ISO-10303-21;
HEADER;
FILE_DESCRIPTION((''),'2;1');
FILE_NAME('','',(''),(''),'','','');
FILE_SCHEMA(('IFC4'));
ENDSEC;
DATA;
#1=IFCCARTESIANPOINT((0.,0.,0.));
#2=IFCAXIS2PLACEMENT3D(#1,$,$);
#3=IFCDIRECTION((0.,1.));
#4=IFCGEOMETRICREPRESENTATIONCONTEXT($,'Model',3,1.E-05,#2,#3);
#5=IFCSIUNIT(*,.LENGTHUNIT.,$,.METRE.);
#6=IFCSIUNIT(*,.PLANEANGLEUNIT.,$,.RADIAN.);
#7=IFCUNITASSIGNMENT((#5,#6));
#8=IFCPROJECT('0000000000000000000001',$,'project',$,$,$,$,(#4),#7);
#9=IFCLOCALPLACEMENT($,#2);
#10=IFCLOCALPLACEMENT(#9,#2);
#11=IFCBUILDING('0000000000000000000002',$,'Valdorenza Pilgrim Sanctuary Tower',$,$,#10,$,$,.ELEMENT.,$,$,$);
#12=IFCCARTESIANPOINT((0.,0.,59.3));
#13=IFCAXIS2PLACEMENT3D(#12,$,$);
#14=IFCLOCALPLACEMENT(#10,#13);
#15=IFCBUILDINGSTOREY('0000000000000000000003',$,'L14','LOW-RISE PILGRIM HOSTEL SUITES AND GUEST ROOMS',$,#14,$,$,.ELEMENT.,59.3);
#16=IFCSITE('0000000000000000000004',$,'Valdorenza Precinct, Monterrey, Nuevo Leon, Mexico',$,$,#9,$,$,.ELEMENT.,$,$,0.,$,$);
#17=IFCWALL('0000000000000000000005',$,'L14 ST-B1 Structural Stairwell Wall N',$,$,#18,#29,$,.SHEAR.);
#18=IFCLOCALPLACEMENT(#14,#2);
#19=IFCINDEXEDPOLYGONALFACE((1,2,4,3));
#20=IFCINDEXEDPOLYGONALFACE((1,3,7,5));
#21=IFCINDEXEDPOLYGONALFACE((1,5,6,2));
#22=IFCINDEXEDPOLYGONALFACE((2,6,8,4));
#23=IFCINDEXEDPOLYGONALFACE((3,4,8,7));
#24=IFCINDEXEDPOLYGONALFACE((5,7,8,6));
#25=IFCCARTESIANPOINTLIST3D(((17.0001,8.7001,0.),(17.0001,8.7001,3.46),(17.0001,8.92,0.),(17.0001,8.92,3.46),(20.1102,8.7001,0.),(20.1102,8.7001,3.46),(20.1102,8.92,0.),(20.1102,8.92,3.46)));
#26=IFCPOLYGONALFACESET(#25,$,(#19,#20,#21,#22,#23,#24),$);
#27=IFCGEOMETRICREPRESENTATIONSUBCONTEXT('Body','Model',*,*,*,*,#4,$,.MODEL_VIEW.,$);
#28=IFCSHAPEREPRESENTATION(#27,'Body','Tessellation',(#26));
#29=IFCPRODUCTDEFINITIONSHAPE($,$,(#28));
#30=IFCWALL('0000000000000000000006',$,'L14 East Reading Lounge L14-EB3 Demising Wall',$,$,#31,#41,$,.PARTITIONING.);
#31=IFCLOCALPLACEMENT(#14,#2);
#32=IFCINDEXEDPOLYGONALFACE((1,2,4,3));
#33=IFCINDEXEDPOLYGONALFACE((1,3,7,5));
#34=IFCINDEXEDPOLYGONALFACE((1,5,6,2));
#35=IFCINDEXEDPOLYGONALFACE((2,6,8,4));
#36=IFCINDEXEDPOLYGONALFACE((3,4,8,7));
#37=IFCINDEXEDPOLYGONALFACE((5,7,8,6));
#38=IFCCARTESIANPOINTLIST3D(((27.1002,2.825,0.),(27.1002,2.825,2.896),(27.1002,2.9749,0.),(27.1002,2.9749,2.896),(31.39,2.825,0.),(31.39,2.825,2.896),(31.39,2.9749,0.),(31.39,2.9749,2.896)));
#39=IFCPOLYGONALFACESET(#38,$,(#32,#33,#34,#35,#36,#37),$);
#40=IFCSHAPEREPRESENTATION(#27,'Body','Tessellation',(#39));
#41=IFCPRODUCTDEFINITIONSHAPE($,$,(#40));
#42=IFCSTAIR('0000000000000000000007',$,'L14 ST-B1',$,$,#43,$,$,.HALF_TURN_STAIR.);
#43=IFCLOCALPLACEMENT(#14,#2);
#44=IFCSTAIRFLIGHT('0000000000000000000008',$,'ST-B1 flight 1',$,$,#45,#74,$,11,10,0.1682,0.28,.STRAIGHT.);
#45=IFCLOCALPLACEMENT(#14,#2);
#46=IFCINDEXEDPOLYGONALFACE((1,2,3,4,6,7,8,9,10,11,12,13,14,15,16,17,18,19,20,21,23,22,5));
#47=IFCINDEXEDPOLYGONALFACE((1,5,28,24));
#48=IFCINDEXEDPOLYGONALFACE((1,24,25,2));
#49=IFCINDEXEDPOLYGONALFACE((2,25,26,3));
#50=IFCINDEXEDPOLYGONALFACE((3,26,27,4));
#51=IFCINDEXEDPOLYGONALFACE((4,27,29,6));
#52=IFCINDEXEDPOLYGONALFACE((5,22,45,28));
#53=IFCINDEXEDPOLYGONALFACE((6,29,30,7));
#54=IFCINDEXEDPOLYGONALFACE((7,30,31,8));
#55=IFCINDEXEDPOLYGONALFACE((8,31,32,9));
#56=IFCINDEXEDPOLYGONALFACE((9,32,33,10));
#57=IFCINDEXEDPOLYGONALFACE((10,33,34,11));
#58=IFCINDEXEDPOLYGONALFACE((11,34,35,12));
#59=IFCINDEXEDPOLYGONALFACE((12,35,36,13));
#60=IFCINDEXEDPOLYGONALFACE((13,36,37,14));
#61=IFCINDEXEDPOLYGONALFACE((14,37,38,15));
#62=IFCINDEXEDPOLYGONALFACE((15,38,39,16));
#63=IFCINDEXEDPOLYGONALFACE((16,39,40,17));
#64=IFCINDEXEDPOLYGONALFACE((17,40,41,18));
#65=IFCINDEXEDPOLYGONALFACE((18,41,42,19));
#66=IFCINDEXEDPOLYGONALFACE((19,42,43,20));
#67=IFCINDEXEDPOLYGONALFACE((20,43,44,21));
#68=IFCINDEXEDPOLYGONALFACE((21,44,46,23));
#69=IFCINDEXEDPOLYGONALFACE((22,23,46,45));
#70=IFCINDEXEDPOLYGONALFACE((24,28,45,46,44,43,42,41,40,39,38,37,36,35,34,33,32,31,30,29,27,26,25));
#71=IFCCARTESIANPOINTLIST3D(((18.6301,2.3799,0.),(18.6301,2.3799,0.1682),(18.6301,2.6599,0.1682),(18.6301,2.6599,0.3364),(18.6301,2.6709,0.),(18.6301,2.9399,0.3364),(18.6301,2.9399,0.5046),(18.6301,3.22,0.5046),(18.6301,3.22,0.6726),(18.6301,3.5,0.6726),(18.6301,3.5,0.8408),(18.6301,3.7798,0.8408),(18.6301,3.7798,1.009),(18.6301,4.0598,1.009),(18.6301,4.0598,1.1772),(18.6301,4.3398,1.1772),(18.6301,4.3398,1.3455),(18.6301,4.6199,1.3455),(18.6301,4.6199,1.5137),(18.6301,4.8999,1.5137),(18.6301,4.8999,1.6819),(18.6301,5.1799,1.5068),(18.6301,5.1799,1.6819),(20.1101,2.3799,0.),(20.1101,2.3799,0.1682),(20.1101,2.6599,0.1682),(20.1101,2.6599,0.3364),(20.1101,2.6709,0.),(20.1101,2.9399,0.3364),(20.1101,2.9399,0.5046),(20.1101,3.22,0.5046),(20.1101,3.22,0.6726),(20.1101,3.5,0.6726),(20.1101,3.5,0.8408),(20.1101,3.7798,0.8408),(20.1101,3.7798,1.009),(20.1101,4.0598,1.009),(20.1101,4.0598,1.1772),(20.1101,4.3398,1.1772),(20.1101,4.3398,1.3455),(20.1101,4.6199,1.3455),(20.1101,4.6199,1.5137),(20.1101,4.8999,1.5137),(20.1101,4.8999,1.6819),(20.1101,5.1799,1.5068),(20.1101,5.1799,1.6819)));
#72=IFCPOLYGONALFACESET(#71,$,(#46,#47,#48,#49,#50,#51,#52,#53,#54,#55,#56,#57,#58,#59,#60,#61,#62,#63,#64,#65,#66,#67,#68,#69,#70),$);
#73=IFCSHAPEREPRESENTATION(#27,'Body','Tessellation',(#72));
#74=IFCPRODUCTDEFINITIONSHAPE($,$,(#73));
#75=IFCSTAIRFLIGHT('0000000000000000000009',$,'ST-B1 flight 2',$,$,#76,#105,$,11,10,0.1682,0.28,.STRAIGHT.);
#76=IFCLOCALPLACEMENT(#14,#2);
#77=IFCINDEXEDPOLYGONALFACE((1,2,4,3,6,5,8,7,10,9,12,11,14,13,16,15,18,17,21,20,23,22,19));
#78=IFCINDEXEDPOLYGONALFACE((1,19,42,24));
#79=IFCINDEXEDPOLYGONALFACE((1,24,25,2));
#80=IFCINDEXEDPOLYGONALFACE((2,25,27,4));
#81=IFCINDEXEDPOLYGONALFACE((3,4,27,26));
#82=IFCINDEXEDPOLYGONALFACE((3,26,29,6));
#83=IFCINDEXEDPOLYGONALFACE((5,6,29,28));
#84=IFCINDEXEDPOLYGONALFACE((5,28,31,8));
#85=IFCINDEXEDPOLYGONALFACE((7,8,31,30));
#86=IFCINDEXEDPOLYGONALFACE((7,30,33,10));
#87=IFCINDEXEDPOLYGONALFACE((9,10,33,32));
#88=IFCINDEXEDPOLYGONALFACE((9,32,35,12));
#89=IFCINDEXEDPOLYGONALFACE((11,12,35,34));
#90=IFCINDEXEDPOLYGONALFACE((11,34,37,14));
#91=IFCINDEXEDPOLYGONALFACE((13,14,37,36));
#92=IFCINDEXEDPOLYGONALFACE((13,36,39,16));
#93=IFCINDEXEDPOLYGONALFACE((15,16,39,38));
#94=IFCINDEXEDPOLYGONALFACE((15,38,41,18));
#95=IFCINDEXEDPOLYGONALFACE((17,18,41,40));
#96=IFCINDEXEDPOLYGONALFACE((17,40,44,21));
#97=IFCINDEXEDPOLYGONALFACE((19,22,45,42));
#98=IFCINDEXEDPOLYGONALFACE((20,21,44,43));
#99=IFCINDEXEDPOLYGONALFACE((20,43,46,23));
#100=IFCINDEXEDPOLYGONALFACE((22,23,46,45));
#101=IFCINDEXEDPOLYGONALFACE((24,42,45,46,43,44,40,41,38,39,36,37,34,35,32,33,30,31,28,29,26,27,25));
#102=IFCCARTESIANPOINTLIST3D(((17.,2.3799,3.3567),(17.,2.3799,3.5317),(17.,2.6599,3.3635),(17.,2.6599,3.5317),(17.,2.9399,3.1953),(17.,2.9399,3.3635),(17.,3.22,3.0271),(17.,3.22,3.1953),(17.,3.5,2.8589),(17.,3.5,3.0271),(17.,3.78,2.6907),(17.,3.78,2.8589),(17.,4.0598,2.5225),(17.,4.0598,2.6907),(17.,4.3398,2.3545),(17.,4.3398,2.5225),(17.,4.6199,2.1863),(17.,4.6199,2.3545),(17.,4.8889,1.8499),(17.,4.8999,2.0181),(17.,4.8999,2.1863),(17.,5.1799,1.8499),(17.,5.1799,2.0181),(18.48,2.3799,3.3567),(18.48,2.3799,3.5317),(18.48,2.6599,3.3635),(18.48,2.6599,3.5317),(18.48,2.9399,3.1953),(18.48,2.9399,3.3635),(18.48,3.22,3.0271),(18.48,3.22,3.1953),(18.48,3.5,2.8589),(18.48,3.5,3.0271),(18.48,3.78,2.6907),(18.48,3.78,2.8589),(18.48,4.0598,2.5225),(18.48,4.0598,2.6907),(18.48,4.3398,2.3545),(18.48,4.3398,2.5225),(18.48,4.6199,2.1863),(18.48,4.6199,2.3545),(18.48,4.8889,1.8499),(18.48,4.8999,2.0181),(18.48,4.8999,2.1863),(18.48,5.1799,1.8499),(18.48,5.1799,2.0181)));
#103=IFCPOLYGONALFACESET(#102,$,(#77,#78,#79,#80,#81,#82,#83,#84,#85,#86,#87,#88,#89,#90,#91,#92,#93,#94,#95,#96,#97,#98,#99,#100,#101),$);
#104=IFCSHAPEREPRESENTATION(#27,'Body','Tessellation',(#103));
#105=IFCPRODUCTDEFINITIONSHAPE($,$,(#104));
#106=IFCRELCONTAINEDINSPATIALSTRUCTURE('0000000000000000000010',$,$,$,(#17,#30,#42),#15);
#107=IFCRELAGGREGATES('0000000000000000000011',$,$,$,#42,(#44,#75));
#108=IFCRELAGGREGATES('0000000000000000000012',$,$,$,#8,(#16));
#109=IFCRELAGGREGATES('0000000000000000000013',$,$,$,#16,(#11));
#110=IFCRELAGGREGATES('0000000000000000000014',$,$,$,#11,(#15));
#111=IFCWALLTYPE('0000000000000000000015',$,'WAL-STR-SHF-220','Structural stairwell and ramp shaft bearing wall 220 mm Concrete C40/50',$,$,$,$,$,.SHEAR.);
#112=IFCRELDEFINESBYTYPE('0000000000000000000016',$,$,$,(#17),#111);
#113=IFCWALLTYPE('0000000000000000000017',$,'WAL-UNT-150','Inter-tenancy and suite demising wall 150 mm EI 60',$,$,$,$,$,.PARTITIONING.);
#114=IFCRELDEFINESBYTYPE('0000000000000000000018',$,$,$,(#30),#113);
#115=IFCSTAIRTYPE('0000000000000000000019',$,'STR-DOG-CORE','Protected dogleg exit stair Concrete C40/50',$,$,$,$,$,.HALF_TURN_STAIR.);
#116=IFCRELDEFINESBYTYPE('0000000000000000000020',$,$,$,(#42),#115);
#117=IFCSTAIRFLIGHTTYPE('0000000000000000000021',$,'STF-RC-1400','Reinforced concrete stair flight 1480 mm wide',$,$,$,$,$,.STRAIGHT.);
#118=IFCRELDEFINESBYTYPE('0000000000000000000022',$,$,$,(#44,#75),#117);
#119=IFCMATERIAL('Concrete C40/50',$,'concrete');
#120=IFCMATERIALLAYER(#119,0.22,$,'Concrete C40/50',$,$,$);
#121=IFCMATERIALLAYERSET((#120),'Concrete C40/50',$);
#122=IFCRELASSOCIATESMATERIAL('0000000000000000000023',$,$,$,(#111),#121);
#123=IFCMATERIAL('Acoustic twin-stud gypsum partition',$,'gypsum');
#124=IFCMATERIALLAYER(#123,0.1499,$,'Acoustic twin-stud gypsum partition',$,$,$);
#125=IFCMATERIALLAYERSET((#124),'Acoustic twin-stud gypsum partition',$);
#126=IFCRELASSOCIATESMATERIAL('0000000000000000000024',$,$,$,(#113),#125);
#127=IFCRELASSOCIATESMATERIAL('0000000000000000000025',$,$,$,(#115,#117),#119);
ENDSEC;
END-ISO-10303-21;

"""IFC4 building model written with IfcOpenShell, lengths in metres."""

from ifc_helpers import new_model, si_unit, direction, frame, frame_2d, origin, place, context, subcontext, project, spatial, polyline, rectangle, outline, extrude, material, layer, layer_set, type_object, element, aggregate, save


model = new_model("IFC4")

# Units and contexts
model_context = context("Model", 3, precision=1e-05, world=origin(), true_north=direction((0.0, 1.0)))
body_context = subcontext(model_context, "Body", "Model", "MODEL_VIEW")
ifc_project = project(units=[si_unit("LENGTHUNIT", "METRE"), si_unit("PLANEANGLEUNIT", "RADIAN")], contexts=[model_context])

# Site, building, storey
site_placement = place(None, origin())
site = spatial("IfcSite", under=ifc_project, at=site_placement, Name="Valdorenza Precinct, Monterrey, Nuevo Leon, Mexico", CompositionType="ELEMENT", RefElevation=0.0)
building_placement = place(site_placement, origin())
building = spatial("IfcBuilding", under=site, at=building_placement, Name="Valdorenza Pilgrim Sanctuary Tower", CompositionType="ELEMENT")
storey_placement = place(building_placement, frame((0.0, 0.0, 59.3)))
storey = spatial("IfcBuildingStorey", under=building, at=storey_placement, Name="L14", Description="LOW-RISE PILGRIM HOSTEL SUITES AND GUEST ROOMS", CompositionType="ELEMENT", Elevation=59.3)

# Shared definitions
ifc_material_1 = material(Name="Acoustic twin-stud gypsum partition", Category="gypsum")

# Shared definitions
ifc_material_2 = material(Name="Concrete C40/50", Category="concrete")
ifc_layer_1 = layer(ifc_material_2, 0.22, Name="Concrete C40/50")
ifc_layer_set_1 = layer_set([ifc_layer_1], Name="Concrete C40/50")
wall_type_1 = type_object("IfcWallType", Name="WAL-STR-SHF-220", Description="Structural stairwell and ramp shaft bearing wall 220 mm Concrete C40/50", PredefinedType="SHEAR", material=ifc_layer_set_1)

# Walls
wall_1_placement = place(storey_placement, frame((17.0, 8.8101, 0.0), z_axis=(0.0, 0.0, 1.0), x_axis=(1.0, 0.0, 0.0)))
element("IfcWall", 1, at=wall_1_placement, inside=storey, type_object=wall_type_1, Name="L14 ST-B1 Structural Stairwell Wall N", PredefinedType="SHEAR", context=body_context, shape_type="SweptSolid", body=[
    extrude(rectangle(XDim=3.1101, YDim=0.22, at=frame_2d((1.5552, 0.0))), origin(), (0.0, 0.0, 1.0), 3.46),
])
ifc_layer_2 = layer(ifc_material_1, 0.1499, Name="Acoustic twin-stud gypsum partition")
ifc_layer_set_2 = layer_set([ifc_layer_2], Name="Acoustic twin-stud gypsum partition")
wall_type_2 = type_object("IfcWallType", Name="WAL-UNT-150", Description="Inter-tenancy and suite demising wall 150 mm EI 60", PredefinedType="PARTITIONING", material=ifc_layer_set_2)
wall_2_placement = place(storey_placement, frame((27.1001, 2.8999, 0.0), z_axis=(0.0, 0.0, 1.0), x_axis=(1.0, 0.0, 0.0)))
element("IfcWall", 2, at=wall_2_placement, inside=storey, type_object=wall_type_2, Name="L14 East Reading Lounge L14-EB3 Demising Wall", PredefinedType="PARTITIONING", context=body_context, shape_type="SweptSolid", body=[
    extrude(rectangle(XDim=4.2898, YDim=0.1499, at=frame_2d((2.145, 0.0))), origin(), (0.0, 0.0, 1.0), 2.896),
])

# Stair, stair flights
stair_type = type_object("IfcStairType", Name="STR-DOG-CORE", Description="Protected dogleg exit stair Concrete C40/50", PredefinedType="HALF_TURN_STAIR", material=ifc_material_2)
stair_placement = place(storey_placement, origin())
stair = element("IfcStair", 3, at=stair_placement, inside=storey, type_object=stair_type, Name="L14 ST-B1", PredefinedType="HALF_TURN_STAIR")
stair_flight_type = type_object("IfcStairFlightType", Name="STF-RC-1400", Description="Reinforced concrete stair flight 1480 mm wide", PredefinedType="STRAIGHT", material=ifc_material_2)
stair_flight_1_placement = place(storey_placement, frame((19.3701, 2.3799, 0.0), z_axis=(0.0, 0.0, 1.0), x_axis=(0.0, 1.0, 0.0)))
stair_flight_1 = element("IfcStairFlight", 4, at=stair_flight_1_placement, type_object=stair_flight_type, Name="ST-B1 flight 1", NumberOfRisers=11, NumberOfTreads=10, PredefinedType="STRAIGHT", RiserHeight=0.1682, TreadLength=0.28, context=body_context, shape_type="SweptSolid", body=[
    extrude(outline(polyline([(0.0, 0.0), (0.0, 0.1682), (0.28, 0.1682), (0.28, 0.3364), (0.5601, 0.3364), (0.5601, 0.5046), (0.8401, 0.5046), (0.8401, 0.6726), (1.1201, 0.6726), (1.1201, 0.8408), (1.3999, 0.8408), (1.3999, 1.009), (1.6799, 1.009), (1.6799, 1.1772), (1.96, 1.1772), (1.96, 1.3455), (2.24, 1.3455), (2.24, 1.5137), (2.52, 1.5137), (2.52, 1.6819), (2.8, 1.6819), (2.8, 1.8501), (2.8, 1.5068), (0.291, 0.0), (0.0, 0.0)])), frame((0.0, 0.74, 0.0), z_axis=(0.0, -1.0, 0.0), x_axis=(1.0, 0.0, 0.0)), (0.0, 0.0, 1.0), 1.48),
])
stair_flight_2_placement = place(storey_placement, frame((17.74, 5.1799, 1.8499), z_axis=(0.0, 0.0, 1.0), x_axis=(0.0, -1.0, 0.0)))
stair_flight_2 = element("IfcStairFlight", 5, at=stair_flight_2_placement, type_object=stair_flight_type, Name="ST-B1 flight 2", NumberOfRisers=11, NumberOfTreads=10, PredefinedType="STRAIGHT", RiserHeight=0.1682, TreadLength=0.28, context=body_context, shape_type="SweptSolid", body=[
    extrude(outline(polyline([(0.0, 0.0), (0.0, 0.1682), (0.28, 0.1682), (0.28, 0.3364), (0.5601, 0.3364), (0.5601, 0.5046), (0.8401, 0.5046), (0.8401, 0.6726), (1.1201, 0.6726), (1.1201, 0.8408), (1.3999, 0.8408), (1.3999, 1.009), (1.6799, 1.009), (1.6799, 1.1772), (1.96, 1.1772), (1.96, 1.3455), (2.24, 1.3455), (2.24, 1.5137), (2.52, 1.5137), (2.52, 1.6819), (2.8, 1.6819), (2.8, 1.8501), (2.8, 1.5068), (0.291, 0.0), (0.0, 0.0)])), frame((0.0, 0.74, 0.0), z_axis=(0.0, -1.0, 0.0), x_axis=(1.0, 0.0, 0.0)), (0.0, 0.0, 1.0), 1.48),
])
aggregate(stair, [stair_flight_1, stair_flight_2])

save(model, "model.ifc")
